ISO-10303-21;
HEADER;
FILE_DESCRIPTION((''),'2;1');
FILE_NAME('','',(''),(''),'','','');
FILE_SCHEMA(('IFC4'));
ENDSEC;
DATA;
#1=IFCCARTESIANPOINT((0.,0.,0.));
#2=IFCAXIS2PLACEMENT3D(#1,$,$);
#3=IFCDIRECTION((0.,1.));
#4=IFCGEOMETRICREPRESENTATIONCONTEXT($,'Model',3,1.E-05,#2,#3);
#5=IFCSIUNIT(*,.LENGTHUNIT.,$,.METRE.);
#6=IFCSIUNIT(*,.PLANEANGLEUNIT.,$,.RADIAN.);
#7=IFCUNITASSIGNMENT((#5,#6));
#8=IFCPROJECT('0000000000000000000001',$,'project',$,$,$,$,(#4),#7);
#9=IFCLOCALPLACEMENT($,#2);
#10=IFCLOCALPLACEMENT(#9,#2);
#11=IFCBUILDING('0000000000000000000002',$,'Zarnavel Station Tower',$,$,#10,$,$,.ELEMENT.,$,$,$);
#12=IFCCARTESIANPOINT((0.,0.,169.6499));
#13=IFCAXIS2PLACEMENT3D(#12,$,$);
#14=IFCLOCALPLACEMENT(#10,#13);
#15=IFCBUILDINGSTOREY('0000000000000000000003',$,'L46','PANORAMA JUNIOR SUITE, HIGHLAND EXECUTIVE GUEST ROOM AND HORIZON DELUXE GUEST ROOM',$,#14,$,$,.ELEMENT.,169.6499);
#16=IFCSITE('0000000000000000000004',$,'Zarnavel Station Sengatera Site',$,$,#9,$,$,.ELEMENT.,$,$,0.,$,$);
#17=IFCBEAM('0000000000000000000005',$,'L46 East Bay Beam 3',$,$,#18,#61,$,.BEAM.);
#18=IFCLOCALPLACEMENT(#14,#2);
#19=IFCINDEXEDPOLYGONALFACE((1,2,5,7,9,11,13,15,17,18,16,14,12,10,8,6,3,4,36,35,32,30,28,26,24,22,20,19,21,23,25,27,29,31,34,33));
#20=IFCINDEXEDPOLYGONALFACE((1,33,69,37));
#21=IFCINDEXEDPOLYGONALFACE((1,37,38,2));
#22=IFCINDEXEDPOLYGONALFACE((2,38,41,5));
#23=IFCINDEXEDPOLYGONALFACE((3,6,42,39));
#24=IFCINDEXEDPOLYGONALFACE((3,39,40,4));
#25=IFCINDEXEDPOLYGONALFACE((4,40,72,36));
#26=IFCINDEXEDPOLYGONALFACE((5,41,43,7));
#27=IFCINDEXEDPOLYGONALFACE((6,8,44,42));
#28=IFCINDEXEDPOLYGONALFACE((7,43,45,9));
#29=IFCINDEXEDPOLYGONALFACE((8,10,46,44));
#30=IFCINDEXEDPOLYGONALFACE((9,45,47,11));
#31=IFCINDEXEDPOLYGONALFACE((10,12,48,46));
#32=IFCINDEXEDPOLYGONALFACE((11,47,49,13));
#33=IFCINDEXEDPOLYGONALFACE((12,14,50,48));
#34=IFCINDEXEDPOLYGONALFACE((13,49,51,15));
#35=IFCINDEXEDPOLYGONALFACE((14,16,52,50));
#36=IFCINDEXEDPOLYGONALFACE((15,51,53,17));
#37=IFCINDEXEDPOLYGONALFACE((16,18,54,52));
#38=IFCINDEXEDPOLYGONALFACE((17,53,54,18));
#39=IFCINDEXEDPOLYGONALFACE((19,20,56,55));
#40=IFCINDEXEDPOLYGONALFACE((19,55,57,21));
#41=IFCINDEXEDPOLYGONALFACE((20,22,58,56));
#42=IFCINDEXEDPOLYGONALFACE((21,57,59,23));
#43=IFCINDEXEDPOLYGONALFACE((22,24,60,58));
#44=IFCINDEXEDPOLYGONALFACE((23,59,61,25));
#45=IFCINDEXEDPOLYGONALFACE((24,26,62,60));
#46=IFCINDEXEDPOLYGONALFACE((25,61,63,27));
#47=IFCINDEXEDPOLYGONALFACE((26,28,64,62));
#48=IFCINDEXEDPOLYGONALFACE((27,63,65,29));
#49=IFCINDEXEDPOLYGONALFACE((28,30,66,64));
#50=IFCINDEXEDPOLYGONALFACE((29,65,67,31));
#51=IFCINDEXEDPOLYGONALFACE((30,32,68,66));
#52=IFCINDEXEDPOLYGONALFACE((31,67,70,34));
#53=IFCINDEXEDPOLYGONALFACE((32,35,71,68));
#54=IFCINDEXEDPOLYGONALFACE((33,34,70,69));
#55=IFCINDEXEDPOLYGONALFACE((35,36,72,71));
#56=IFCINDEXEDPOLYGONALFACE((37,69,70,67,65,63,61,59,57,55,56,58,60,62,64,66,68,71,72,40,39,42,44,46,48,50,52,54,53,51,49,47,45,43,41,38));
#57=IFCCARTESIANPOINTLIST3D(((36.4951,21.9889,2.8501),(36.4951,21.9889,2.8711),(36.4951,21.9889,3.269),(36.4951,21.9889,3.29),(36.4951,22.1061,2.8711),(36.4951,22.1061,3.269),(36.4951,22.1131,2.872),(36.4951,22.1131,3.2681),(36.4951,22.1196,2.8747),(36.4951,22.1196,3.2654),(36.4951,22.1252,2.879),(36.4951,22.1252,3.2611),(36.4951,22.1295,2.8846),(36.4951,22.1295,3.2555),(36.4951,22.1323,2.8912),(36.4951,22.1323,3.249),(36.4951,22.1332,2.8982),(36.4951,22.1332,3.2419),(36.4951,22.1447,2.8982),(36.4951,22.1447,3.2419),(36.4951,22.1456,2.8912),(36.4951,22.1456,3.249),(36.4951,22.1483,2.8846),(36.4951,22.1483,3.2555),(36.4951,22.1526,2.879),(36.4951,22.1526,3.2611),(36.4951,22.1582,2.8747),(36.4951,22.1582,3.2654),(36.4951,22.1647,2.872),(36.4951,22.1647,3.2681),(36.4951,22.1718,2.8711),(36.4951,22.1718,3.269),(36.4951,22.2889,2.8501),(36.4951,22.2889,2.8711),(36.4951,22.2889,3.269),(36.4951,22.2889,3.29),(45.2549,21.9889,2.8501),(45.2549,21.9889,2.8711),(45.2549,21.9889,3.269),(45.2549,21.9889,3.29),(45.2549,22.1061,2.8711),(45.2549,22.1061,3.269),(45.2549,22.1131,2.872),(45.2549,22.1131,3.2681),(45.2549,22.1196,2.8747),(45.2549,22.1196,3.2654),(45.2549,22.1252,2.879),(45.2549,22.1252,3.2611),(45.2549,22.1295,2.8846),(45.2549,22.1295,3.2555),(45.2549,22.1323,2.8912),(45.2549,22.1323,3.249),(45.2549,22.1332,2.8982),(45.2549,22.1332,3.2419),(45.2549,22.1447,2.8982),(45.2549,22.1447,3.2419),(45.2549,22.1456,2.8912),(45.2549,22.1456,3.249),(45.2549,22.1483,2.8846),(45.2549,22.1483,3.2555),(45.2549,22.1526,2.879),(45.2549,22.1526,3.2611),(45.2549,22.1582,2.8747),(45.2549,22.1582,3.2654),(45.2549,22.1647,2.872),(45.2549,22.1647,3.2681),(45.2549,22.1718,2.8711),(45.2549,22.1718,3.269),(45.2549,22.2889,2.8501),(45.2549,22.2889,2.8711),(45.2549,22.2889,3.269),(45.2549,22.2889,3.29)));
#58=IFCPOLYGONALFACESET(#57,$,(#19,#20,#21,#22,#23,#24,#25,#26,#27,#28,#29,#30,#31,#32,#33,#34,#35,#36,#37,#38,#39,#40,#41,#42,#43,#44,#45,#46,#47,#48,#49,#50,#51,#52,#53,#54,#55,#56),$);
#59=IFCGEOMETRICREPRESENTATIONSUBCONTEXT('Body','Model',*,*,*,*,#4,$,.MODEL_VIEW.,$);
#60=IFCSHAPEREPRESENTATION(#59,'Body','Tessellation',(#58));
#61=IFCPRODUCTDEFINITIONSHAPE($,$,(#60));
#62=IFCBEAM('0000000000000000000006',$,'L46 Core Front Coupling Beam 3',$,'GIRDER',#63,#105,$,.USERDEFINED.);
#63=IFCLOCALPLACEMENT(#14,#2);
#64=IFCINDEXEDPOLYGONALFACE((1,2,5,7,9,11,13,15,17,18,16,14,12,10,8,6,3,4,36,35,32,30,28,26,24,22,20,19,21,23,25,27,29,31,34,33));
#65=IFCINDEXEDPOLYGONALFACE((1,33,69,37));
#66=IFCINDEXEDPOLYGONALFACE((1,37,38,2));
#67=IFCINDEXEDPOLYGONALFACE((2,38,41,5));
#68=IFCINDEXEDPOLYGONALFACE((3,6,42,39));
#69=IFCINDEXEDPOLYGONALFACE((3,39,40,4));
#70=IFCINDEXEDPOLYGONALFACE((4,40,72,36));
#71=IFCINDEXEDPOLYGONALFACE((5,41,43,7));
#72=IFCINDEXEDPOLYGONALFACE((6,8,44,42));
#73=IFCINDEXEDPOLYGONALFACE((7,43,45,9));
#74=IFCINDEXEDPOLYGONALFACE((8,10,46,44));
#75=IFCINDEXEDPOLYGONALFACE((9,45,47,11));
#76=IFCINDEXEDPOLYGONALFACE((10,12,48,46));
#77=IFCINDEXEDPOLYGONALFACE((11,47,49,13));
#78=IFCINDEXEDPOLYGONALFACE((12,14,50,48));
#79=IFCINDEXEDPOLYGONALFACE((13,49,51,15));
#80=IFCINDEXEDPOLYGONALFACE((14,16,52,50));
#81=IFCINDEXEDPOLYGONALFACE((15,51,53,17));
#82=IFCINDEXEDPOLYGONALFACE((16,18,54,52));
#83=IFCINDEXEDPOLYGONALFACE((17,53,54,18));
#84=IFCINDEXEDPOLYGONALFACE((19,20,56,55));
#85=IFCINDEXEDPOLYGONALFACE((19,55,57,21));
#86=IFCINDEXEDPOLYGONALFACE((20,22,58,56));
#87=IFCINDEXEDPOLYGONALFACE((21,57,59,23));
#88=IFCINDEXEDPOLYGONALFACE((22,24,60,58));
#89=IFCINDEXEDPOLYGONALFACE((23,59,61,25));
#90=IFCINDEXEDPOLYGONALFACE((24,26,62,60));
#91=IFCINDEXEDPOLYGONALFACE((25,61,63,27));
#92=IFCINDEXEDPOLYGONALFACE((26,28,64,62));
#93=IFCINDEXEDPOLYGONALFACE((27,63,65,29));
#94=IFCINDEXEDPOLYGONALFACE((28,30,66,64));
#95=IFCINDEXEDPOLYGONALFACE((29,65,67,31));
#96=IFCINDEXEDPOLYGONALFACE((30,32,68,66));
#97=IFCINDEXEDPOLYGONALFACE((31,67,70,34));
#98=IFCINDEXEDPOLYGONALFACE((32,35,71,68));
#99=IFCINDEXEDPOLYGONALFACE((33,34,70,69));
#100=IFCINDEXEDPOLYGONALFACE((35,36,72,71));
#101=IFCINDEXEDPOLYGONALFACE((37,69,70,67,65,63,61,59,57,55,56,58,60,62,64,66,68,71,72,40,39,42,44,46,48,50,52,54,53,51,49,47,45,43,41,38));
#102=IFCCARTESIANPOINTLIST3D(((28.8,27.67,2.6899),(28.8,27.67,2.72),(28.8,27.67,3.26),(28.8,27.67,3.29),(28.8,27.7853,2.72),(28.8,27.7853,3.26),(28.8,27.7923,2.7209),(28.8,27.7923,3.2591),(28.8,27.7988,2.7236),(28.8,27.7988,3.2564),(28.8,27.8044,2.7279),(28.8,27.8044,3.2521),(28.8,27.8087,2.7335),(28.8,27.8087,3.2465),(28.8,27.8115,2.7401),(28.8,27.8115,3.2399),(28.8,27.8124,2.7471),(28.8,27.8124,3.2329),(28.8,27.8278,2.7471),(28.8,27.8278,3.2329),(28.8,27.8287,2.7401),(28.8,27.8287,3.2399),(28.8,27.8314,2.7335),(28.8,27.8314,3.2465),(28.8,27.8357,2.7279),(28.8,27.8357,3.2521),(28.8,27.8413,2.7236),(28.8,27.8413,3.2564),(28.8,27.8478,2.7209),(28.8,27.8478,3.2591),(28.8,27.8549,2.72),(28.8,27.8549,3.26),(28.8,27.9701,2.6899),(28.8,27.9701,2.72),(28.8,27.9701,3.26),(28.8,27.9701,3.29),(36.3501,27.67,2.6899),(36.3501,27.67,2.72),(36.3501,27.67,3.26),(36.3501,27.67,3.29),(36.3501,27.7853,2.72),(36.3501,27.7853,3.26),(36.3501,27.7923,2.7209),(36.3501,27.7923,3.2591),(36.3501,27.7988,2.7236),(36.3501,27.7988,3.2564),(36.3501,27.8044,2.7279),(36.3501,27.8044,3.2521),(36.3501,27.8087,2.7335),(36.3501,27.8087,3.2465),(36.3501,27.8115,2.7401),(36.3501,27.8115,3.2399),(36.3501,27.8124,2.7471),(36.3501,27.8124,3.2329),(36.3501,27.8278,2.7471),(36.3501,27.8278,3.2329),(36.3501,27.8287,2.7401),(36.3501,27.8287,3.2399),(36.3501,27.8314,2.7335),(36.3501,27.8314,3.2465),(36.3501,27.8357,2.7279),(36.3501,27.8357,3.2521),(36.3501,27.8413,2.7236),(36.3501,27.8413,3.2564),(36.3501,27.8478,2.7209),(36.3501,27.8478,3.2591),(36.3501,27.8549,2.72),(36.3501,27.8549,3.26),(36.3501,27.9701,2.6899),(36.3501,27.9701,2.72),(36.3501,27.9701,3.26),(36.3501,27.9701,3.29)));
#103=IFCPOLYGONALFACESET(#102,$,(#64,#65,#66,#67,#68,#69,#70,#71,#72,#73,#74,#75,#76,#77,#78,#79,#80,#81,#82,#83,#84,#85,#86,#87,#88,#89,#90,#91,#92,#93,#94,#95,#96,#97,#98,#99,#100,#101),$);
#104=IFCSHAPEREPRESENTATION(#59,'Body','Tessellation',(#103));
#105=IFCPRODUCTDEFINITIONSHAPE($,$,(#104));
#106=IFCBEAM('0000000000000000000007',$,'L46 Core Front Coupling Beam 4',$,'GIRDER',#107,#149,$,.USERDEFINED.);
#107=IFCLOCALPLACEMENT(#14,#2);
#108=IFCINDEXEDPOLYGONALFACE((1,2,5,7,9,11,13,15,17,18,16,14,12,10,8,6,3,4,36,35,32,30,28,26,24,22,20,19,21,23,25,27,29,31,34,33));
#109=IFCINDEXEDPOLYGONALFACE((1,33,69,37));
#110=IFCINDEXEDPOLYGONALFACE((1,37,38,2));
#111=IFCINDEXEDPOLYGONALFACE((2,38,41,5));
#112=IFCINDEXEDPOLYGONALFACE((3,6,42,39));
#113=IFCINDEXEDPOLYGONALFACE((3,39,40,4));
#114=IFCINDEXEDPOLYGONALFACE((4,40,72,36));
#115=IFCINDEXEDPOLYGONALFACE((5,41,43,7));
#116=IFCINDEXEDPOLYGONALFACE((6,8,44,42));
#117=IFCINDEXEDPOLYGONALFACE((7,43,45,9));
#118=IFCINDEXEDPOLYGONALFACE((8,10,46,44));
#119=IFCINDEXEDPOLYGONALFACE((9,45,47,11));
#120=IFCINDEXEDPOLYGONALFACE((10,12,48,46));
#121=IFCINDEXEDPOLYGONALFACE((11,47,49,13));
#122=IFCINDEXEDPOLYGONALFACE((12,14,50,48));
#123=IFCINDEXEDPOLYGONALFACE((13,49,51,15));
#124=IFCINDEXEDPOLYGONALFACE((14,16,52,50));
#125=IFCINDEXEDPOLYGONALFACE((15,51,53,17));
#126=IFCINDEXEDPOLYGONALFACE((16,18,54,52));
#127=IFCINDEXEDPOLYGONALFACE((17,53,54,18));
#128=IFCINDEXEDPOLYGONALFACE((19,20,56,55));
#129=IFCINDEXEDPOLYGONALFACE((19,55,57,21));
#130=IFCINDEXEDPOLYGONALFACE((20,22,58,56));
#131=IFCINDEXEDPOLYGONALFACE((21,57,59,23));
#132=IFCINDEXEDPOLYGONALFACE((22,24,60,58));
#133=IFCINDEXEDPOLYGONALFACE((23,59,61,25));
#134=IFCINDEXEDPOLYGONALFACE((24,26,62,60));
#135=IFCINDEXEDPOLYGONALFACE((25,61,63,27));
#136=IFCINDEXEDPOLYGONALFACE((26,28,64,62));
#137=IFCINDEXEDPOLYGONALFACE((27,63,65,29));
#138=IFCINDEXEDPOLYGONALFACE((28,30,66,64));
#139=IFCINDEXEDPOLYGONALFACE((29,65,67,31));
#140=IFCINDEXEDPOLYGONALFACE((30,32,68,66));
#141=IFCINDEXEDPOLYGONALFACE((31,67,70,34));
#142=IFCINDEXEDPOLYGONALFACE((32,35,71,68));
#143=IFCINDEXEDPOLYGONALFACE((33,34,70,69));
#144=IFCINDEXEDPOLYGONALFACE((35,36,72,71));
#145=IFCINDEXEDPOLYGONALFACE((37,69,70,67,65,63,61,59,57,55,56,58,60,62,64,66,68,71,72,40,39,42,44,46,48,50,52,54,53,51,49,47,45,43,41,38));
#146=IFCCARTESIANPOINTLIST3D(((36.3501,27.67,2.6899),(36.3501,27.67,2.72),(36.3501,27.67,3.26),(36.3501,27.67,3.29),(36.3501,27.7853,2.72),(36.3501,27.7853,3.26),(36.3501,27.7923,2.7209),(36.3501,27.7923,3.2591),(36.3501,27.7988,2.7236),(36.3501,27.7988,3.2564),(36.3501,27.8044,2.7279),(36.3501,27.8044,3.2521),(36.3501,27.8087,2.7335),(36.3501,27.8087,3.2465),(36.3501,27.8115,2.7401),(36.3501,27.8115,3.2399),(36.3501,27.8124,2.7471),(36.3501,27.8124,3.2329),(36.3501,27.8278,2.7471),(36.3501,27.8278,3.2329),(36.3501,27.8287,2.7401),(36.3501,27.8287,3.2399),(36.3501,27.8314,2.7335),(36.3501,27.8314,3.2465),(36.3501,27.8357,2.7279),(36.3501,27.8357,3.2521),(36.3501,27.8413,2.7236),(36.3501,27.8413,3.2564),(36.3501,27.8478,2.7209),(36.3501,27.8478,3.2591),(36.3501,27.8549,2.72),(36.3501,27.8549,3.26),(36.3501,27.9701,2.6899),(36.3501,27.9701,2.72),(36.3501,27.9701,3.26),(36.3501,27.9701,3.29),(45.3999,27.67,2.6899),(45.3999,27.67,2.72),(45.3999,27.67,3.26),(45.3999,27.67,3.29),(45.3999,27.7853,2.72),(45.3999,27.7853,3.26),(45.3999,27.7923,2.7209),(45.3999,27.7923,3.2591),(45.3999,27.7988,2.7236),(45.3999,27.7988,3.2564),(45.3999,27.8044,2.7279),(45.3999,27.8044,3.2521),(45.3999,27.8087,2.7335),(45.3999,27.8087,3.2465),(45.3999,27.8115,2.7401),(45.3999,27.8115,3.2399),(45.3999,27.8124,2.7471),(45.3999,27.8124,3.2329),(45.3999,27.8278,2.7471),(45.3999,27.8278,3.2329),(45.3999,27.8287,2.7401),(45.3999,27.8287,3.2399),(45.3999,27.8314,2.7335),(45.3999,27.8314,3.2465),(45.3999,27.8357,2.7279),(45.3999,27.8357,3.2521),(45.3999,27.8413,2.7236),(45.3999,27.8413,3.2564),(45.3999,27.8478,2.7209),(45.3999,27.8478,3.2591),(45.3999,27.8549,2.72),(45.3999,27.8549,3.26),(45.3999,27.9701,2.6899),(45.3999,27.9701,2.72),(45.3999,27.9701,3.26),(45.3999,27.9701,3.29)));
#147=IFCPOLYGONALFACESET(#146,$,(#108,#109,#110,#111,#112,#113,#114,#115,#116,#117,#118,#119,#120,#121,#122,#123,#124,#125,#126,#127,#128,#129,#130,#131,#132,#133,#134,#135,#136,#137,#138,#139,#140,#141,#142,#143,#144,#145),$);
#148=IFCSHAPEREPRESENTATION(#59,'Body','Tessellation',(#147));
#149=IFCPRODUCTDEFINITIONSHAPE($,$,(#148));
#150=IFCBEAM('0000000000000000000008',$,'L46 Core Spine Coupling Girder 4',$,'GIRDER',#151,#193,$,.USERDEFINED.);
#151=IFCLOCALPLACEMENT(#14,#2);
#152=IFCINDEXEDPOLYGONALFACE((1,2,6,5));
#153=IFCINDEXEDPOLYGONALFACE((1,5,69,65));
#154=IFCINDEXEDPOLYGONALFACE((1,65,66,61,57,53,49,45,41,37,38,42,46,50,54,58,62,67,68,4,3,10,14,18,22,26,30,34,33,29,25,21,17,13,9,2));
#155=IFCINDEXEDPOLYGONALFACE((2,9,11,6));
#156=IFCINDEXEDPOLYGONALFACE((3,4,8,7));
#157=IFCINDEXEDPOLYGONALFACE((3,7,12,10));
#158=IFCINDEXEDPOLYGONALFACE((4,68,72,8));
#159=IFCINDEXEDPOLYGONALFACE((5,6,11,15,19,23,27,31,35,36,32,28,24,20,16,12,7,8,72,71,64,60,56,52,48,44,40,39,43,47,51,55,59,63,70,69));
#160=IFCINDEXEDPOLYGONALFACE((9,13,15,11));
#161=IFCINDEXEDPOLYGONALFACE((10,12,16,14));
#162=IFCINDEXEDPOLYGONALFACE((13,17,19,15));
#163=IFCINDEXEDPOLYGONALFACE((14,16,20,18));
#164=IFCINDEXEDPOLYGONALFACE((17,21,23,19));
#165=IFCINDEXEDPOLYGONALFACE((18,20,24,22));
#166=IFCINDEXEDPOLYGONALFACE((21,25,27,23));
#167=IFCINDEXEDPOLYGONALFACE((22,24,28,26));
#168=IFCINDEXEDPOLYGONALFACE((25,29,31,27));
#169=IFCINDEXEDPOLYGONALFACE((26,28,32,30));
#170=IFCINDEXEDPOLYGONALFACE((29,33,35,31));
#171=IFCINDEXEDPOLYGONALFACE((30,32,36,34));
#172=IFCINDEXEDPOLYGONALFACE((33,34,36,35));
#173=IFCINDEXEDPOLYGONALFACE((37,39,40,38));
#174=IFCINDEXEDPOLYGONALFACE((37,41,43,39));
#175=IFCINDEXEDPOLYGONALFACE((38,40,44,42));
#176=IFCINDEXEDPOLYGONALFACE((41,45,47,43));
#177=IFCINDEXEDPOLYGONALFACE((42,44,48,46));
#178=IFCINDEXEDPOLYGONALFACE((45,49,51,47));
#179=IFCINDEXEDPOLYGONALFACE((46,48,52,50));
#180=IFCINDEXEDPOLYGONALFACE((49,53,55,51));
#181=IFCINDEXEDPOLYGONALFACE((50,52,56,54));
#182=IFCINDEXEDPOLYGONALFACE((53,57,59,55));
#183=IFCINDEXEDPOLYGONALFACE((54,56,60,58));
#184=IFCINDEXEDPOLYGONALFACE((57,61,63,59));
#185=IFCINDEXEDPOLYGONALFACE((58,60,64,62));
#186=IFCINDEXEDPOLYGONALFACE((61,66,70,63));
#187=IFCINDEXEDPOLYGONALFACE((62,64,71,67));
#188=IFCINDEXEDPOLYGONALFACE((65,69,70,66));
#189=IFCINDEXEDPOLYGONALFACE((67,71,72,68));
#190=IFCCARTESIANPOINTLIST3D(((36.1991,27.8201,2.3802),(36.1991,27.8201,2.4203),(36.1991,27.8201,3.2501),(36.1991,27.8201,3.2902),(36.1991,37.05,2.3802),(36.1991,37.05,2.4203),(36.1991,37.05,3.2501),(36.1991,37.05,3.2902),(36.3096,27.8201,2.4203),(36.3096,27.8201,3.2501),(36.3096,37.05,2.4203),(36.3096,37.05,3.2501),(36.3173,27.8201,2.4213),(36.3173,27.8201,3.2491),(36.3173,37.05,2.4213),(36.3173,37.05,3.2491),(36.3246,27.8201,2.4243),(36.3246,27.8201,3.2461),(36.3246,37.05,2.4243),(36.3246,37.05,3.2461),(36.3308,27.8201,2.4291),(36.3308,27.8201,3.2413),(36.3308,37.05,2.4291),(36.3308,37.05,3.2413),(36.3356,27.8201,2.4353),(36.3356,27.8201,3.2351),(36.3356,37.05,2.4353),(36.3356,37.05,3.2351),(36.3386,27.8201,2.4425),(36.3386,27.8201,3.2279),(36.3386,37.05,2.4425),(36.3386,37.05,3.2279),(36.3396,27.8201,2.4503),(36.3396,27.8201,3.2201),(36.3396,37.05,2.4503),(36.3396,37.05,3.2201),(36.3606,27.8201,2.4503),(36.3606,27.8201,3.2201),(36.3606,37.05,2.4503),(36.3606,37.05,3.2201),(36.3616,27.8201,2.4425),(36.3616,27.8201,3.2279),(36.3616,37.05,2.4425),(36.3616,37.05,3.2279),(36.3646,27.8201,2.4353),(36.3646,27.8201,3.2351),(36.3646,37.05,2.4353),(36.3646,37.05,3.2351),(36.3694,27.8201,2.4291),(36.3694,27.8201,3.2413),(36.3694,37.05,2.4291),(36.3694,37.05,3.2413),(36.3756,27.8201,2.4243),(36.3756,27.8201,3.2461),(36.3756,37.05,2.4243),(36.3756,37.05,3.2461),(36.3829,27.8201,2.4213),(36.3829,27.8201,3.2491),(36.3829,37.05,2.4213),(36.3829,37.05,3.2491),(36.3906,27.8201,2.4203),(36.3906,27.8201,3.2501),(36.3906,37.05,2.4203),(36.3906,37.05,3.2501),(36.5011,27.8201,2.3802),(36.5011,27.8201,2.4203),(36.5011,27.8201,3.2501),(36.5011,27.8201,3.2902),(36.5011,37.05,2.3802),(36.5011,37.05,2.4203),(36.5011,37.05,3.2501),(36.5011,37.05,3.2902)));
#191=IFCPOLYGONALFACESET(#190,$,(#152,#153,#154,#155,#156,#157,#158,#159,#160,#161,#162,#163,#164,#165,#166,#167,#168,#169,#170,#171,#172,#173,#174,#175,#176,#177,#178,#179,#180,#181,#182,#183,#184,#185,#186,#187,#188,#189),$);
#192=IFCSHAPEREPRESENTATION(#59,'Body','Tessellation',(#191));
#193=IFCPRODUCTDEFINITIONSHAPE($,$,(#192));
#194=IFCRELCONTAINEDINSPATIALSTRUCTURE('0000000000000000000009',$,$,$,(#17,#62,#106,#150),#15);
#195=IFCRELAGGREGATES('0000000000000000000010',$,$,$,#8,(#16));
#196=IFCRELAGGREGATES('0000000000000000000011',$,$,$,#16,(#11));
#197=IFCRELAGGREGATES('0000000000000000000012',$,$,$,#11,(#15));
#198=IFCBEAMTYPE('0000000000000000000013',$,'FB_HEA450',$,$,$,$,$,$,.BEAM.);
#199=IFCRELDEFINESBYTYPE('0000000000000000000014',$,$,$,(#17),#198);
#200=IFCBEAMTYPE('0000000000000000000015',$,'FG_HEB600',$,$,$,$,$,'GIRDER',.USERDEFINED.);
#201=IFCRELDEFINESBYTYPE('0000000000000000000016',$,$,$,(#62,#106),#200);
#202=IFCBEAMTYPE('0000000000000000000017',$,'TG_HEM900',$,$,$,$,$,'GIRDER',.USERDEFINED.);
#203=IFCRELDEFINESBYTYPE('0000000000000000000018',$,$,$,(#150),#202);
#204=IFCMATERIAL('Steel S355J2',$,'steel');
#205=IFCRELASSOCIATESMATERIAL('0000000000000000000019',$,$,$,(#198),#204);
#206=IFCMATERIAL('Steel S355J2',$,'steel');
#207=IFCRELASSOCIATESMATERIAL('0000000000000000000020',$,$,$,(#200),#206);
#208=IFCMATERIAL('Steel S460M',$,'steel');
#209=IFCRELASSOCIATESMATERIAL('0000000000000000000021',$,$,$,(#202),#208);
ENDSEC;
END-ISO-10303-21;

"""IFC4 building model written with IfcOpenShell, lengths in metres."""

from ifc_helpers import new_model, si_unit, direction, frame, origin, origin_2d, place, context, subcontext, project, spatial, i_section, extrude, material, material_profile, profile_set, type_object, element, save


model = new_model("IFC4")

# Units and contexts
model_context = context("Model", 3, precision=1e-05, world=origin(), true_north=direction((0.0, 1.0)))
body_context = subcontext(model_context, "Body", "Model", "MODEL_VIEW")
ifc_project = project(units=[si_unit("LENGTHUNIT", "METRE"), si_unit("PLANEANGLEUNIT", "RADIAN")], contexts=[model_context])

# Site, building, storey
site_placement = place(None, origin())
site = spatial("IfcSite", under=ifc_project, at=site_placement, Name="Zarnavel Station Sengatera Site", CompositionType="ELEMENT", RefElevation=0.0)
building_placement = place(site_placement, origin())
building = spatial("IfcBuilding", under=site, at=building_placement, Name="Zarnavel Station Tower", CompositionType="ELEMENT")
storey_placement = place(building_placement, frame((0.0, 0.0, 169.6499)))
storey = spatial("IfcBuildingStorey", under=building, at=storey_placement, Name="L46", Description="PANORAMA JUNIOR SUITE, HIGHLAND EXECUTIVE GUEST ROOM AND HORIZON DELUXE GUEST ROOM", CompositionType="ELEMENT", Elevation=169.6499)

# Beams
ifc_material_1 = material(Name="Steel S355J2", Category="steel")
ifc_material_profile_1 = material_profile(ifc_material_1, i_section(OverallWidth=0.3, OverallDepth=0.4399, WebThickness=0.0115, FlangeThickness=0.021, FilletRadius=0.0271, at=origin_2d()), Name="HEA450")
ifc_profile_set_1 = profile_set([ifc_material_profile_1], Name="Steel S355J2")
beam_type_1 = type_object("IfcBeamType", Name="FB_HEA450", PredefinedType="BEAM", material=ifc_profile_set_1)
beam_1_placement = place(storey_placement, frame((36.4951, 22.1389, 3.0701), z_axis=(1.0, 0.0, 0.0), x_axis=(0.0, 1.0, 0.0)))
element("IfcBeam", 1, at=beam_1_placement, inside=storey, type_object=beam_type_1, Name="L46 East Bay Beam 3", PredefinedType="BEAM", context=body_context, shape_type="SweptSolid", body=[
    extrude(i_section(OverallWidth=0.3, OverallDepth=0.4399, WebThickness=0.0115, FlangeThickness=0.021, FilletRadius=0.0271, at=origin_2d()), origin(), (0.0, 0.0, 1.0), 8.7598),
])
ifc_material_2 = material(Name="Steel S355J2", Category="steel")
ifc_material_profile_2 = material_profile(ifc_material_2, i_section(OverallWidth=0.3, OverallDepth=0.6001, WebThickness=0.0154, FlangeThickness=0.03, FilletRadius=0.0271, at=origin_2d()), Name="HEB600")
ifc_profile_set_2 = profile_set([ifc_material_profile_2], Name="Steel S355J2")
beam_type_2 = type_object("IfcBeamType", Name="FG_HEB600", ElementType="GIRDER", PredefinedType="USERDEFINED", material=ifc_profile_set_2)
beam_2_placement = place(storey_placement, frame((28.8, 27.8201, 2.99), z_axis=(1.0, 0.0, 0.0), x_axis=(0.0, 1.0, 0.0)))
element("IfcBeam", 2, at=beam_2_placement, inside=storey, type_object=beam_type_2, Name="L46 Core Front Coupling Beam 3", ObjectType="GIRDER", PredefinedType="USERDEFINED", context=body_context, shape_type="SweptSolid", body=[
    extrude(i_section(OverallWidth=0.3, OverallDepth=0.6001, WebThickness=0.0154, FlangeThickness=0.03, FilletRadius=0.0271, at=origin_2d()), origin(), (0.0, 0.0, 1.0), 7.55),
])
beam_3_placement = place(storey_placement, frame((36.3501, 27.8201, 2.99), z_axis=(1.0, 0.0, 0.0), x_axis=(0.0, 1.0, 0.0)))
element("IfcBeam", 3, at=beam_3_placement, inside=storey, type_object=beam_type_2, Name="L46 Core Front Coupling Beam 4", ObjectType="GIRDER", PredefinedType="USERDEFINED", context=body_context, shape_type="SweptSolid", body=[
    extrude(i_section(OverallWidth=0.3, OverallDepth=0.6001, WebThickness=0.0154, FlangeThickness=0.03, FilletRadius=0.0271, at=origin_2d()), origin(), (0.0, 0.0, 1.0), 9.0498),
])
ifc_material_3 = material(Name="Steel S460M", Category="steel")
ifc_material_profile_3 = material_profile(ifc_material_3, i_section(OverallWidth=0.302, OverallDepth=0.9099, WebThickness=0.021, FlangeThickness=0.04, FilletRadius=0.03, at=origin_2d()), Name="HEM900")
ifc_profile_set_3 = profile_set([ifc_material_profile_3], Name="Steel S460M")
beam_type_3 = type_object("IfcBeamType", Name="TG_HEM900", ElementType="GIRDER", PredefinedType="USERDEFINED", material=ifc_profile_set_3)
beam_4_placement = place(storey_placement, frame((36.3501, 27.8201, 2.8352), z_axis=(0.0, 1.0, 0.0), x_axis=(-1.0, 0.0, 0.0)))
element("IfcBeam", 4, at=beam_4_placement, inside=storey, type_object=beam_type_3, Name="L46 Core Spine Coupling Girder 4", ObjectType="GIRDER", PredefinedType="USERDEFINED", context=body_context, shape_type="SweptSolid", body=[
    extrude(i_section(OverallWidth=0.302, OverallDepth=0.9099, WebThickness=0.021, FlangeThickness=0.04, FilletRadius=0.03, at=origin_2d()), origin(), (0.0, 0.0, 1.0), 9.23),
])

save(model, "model.ifc")
